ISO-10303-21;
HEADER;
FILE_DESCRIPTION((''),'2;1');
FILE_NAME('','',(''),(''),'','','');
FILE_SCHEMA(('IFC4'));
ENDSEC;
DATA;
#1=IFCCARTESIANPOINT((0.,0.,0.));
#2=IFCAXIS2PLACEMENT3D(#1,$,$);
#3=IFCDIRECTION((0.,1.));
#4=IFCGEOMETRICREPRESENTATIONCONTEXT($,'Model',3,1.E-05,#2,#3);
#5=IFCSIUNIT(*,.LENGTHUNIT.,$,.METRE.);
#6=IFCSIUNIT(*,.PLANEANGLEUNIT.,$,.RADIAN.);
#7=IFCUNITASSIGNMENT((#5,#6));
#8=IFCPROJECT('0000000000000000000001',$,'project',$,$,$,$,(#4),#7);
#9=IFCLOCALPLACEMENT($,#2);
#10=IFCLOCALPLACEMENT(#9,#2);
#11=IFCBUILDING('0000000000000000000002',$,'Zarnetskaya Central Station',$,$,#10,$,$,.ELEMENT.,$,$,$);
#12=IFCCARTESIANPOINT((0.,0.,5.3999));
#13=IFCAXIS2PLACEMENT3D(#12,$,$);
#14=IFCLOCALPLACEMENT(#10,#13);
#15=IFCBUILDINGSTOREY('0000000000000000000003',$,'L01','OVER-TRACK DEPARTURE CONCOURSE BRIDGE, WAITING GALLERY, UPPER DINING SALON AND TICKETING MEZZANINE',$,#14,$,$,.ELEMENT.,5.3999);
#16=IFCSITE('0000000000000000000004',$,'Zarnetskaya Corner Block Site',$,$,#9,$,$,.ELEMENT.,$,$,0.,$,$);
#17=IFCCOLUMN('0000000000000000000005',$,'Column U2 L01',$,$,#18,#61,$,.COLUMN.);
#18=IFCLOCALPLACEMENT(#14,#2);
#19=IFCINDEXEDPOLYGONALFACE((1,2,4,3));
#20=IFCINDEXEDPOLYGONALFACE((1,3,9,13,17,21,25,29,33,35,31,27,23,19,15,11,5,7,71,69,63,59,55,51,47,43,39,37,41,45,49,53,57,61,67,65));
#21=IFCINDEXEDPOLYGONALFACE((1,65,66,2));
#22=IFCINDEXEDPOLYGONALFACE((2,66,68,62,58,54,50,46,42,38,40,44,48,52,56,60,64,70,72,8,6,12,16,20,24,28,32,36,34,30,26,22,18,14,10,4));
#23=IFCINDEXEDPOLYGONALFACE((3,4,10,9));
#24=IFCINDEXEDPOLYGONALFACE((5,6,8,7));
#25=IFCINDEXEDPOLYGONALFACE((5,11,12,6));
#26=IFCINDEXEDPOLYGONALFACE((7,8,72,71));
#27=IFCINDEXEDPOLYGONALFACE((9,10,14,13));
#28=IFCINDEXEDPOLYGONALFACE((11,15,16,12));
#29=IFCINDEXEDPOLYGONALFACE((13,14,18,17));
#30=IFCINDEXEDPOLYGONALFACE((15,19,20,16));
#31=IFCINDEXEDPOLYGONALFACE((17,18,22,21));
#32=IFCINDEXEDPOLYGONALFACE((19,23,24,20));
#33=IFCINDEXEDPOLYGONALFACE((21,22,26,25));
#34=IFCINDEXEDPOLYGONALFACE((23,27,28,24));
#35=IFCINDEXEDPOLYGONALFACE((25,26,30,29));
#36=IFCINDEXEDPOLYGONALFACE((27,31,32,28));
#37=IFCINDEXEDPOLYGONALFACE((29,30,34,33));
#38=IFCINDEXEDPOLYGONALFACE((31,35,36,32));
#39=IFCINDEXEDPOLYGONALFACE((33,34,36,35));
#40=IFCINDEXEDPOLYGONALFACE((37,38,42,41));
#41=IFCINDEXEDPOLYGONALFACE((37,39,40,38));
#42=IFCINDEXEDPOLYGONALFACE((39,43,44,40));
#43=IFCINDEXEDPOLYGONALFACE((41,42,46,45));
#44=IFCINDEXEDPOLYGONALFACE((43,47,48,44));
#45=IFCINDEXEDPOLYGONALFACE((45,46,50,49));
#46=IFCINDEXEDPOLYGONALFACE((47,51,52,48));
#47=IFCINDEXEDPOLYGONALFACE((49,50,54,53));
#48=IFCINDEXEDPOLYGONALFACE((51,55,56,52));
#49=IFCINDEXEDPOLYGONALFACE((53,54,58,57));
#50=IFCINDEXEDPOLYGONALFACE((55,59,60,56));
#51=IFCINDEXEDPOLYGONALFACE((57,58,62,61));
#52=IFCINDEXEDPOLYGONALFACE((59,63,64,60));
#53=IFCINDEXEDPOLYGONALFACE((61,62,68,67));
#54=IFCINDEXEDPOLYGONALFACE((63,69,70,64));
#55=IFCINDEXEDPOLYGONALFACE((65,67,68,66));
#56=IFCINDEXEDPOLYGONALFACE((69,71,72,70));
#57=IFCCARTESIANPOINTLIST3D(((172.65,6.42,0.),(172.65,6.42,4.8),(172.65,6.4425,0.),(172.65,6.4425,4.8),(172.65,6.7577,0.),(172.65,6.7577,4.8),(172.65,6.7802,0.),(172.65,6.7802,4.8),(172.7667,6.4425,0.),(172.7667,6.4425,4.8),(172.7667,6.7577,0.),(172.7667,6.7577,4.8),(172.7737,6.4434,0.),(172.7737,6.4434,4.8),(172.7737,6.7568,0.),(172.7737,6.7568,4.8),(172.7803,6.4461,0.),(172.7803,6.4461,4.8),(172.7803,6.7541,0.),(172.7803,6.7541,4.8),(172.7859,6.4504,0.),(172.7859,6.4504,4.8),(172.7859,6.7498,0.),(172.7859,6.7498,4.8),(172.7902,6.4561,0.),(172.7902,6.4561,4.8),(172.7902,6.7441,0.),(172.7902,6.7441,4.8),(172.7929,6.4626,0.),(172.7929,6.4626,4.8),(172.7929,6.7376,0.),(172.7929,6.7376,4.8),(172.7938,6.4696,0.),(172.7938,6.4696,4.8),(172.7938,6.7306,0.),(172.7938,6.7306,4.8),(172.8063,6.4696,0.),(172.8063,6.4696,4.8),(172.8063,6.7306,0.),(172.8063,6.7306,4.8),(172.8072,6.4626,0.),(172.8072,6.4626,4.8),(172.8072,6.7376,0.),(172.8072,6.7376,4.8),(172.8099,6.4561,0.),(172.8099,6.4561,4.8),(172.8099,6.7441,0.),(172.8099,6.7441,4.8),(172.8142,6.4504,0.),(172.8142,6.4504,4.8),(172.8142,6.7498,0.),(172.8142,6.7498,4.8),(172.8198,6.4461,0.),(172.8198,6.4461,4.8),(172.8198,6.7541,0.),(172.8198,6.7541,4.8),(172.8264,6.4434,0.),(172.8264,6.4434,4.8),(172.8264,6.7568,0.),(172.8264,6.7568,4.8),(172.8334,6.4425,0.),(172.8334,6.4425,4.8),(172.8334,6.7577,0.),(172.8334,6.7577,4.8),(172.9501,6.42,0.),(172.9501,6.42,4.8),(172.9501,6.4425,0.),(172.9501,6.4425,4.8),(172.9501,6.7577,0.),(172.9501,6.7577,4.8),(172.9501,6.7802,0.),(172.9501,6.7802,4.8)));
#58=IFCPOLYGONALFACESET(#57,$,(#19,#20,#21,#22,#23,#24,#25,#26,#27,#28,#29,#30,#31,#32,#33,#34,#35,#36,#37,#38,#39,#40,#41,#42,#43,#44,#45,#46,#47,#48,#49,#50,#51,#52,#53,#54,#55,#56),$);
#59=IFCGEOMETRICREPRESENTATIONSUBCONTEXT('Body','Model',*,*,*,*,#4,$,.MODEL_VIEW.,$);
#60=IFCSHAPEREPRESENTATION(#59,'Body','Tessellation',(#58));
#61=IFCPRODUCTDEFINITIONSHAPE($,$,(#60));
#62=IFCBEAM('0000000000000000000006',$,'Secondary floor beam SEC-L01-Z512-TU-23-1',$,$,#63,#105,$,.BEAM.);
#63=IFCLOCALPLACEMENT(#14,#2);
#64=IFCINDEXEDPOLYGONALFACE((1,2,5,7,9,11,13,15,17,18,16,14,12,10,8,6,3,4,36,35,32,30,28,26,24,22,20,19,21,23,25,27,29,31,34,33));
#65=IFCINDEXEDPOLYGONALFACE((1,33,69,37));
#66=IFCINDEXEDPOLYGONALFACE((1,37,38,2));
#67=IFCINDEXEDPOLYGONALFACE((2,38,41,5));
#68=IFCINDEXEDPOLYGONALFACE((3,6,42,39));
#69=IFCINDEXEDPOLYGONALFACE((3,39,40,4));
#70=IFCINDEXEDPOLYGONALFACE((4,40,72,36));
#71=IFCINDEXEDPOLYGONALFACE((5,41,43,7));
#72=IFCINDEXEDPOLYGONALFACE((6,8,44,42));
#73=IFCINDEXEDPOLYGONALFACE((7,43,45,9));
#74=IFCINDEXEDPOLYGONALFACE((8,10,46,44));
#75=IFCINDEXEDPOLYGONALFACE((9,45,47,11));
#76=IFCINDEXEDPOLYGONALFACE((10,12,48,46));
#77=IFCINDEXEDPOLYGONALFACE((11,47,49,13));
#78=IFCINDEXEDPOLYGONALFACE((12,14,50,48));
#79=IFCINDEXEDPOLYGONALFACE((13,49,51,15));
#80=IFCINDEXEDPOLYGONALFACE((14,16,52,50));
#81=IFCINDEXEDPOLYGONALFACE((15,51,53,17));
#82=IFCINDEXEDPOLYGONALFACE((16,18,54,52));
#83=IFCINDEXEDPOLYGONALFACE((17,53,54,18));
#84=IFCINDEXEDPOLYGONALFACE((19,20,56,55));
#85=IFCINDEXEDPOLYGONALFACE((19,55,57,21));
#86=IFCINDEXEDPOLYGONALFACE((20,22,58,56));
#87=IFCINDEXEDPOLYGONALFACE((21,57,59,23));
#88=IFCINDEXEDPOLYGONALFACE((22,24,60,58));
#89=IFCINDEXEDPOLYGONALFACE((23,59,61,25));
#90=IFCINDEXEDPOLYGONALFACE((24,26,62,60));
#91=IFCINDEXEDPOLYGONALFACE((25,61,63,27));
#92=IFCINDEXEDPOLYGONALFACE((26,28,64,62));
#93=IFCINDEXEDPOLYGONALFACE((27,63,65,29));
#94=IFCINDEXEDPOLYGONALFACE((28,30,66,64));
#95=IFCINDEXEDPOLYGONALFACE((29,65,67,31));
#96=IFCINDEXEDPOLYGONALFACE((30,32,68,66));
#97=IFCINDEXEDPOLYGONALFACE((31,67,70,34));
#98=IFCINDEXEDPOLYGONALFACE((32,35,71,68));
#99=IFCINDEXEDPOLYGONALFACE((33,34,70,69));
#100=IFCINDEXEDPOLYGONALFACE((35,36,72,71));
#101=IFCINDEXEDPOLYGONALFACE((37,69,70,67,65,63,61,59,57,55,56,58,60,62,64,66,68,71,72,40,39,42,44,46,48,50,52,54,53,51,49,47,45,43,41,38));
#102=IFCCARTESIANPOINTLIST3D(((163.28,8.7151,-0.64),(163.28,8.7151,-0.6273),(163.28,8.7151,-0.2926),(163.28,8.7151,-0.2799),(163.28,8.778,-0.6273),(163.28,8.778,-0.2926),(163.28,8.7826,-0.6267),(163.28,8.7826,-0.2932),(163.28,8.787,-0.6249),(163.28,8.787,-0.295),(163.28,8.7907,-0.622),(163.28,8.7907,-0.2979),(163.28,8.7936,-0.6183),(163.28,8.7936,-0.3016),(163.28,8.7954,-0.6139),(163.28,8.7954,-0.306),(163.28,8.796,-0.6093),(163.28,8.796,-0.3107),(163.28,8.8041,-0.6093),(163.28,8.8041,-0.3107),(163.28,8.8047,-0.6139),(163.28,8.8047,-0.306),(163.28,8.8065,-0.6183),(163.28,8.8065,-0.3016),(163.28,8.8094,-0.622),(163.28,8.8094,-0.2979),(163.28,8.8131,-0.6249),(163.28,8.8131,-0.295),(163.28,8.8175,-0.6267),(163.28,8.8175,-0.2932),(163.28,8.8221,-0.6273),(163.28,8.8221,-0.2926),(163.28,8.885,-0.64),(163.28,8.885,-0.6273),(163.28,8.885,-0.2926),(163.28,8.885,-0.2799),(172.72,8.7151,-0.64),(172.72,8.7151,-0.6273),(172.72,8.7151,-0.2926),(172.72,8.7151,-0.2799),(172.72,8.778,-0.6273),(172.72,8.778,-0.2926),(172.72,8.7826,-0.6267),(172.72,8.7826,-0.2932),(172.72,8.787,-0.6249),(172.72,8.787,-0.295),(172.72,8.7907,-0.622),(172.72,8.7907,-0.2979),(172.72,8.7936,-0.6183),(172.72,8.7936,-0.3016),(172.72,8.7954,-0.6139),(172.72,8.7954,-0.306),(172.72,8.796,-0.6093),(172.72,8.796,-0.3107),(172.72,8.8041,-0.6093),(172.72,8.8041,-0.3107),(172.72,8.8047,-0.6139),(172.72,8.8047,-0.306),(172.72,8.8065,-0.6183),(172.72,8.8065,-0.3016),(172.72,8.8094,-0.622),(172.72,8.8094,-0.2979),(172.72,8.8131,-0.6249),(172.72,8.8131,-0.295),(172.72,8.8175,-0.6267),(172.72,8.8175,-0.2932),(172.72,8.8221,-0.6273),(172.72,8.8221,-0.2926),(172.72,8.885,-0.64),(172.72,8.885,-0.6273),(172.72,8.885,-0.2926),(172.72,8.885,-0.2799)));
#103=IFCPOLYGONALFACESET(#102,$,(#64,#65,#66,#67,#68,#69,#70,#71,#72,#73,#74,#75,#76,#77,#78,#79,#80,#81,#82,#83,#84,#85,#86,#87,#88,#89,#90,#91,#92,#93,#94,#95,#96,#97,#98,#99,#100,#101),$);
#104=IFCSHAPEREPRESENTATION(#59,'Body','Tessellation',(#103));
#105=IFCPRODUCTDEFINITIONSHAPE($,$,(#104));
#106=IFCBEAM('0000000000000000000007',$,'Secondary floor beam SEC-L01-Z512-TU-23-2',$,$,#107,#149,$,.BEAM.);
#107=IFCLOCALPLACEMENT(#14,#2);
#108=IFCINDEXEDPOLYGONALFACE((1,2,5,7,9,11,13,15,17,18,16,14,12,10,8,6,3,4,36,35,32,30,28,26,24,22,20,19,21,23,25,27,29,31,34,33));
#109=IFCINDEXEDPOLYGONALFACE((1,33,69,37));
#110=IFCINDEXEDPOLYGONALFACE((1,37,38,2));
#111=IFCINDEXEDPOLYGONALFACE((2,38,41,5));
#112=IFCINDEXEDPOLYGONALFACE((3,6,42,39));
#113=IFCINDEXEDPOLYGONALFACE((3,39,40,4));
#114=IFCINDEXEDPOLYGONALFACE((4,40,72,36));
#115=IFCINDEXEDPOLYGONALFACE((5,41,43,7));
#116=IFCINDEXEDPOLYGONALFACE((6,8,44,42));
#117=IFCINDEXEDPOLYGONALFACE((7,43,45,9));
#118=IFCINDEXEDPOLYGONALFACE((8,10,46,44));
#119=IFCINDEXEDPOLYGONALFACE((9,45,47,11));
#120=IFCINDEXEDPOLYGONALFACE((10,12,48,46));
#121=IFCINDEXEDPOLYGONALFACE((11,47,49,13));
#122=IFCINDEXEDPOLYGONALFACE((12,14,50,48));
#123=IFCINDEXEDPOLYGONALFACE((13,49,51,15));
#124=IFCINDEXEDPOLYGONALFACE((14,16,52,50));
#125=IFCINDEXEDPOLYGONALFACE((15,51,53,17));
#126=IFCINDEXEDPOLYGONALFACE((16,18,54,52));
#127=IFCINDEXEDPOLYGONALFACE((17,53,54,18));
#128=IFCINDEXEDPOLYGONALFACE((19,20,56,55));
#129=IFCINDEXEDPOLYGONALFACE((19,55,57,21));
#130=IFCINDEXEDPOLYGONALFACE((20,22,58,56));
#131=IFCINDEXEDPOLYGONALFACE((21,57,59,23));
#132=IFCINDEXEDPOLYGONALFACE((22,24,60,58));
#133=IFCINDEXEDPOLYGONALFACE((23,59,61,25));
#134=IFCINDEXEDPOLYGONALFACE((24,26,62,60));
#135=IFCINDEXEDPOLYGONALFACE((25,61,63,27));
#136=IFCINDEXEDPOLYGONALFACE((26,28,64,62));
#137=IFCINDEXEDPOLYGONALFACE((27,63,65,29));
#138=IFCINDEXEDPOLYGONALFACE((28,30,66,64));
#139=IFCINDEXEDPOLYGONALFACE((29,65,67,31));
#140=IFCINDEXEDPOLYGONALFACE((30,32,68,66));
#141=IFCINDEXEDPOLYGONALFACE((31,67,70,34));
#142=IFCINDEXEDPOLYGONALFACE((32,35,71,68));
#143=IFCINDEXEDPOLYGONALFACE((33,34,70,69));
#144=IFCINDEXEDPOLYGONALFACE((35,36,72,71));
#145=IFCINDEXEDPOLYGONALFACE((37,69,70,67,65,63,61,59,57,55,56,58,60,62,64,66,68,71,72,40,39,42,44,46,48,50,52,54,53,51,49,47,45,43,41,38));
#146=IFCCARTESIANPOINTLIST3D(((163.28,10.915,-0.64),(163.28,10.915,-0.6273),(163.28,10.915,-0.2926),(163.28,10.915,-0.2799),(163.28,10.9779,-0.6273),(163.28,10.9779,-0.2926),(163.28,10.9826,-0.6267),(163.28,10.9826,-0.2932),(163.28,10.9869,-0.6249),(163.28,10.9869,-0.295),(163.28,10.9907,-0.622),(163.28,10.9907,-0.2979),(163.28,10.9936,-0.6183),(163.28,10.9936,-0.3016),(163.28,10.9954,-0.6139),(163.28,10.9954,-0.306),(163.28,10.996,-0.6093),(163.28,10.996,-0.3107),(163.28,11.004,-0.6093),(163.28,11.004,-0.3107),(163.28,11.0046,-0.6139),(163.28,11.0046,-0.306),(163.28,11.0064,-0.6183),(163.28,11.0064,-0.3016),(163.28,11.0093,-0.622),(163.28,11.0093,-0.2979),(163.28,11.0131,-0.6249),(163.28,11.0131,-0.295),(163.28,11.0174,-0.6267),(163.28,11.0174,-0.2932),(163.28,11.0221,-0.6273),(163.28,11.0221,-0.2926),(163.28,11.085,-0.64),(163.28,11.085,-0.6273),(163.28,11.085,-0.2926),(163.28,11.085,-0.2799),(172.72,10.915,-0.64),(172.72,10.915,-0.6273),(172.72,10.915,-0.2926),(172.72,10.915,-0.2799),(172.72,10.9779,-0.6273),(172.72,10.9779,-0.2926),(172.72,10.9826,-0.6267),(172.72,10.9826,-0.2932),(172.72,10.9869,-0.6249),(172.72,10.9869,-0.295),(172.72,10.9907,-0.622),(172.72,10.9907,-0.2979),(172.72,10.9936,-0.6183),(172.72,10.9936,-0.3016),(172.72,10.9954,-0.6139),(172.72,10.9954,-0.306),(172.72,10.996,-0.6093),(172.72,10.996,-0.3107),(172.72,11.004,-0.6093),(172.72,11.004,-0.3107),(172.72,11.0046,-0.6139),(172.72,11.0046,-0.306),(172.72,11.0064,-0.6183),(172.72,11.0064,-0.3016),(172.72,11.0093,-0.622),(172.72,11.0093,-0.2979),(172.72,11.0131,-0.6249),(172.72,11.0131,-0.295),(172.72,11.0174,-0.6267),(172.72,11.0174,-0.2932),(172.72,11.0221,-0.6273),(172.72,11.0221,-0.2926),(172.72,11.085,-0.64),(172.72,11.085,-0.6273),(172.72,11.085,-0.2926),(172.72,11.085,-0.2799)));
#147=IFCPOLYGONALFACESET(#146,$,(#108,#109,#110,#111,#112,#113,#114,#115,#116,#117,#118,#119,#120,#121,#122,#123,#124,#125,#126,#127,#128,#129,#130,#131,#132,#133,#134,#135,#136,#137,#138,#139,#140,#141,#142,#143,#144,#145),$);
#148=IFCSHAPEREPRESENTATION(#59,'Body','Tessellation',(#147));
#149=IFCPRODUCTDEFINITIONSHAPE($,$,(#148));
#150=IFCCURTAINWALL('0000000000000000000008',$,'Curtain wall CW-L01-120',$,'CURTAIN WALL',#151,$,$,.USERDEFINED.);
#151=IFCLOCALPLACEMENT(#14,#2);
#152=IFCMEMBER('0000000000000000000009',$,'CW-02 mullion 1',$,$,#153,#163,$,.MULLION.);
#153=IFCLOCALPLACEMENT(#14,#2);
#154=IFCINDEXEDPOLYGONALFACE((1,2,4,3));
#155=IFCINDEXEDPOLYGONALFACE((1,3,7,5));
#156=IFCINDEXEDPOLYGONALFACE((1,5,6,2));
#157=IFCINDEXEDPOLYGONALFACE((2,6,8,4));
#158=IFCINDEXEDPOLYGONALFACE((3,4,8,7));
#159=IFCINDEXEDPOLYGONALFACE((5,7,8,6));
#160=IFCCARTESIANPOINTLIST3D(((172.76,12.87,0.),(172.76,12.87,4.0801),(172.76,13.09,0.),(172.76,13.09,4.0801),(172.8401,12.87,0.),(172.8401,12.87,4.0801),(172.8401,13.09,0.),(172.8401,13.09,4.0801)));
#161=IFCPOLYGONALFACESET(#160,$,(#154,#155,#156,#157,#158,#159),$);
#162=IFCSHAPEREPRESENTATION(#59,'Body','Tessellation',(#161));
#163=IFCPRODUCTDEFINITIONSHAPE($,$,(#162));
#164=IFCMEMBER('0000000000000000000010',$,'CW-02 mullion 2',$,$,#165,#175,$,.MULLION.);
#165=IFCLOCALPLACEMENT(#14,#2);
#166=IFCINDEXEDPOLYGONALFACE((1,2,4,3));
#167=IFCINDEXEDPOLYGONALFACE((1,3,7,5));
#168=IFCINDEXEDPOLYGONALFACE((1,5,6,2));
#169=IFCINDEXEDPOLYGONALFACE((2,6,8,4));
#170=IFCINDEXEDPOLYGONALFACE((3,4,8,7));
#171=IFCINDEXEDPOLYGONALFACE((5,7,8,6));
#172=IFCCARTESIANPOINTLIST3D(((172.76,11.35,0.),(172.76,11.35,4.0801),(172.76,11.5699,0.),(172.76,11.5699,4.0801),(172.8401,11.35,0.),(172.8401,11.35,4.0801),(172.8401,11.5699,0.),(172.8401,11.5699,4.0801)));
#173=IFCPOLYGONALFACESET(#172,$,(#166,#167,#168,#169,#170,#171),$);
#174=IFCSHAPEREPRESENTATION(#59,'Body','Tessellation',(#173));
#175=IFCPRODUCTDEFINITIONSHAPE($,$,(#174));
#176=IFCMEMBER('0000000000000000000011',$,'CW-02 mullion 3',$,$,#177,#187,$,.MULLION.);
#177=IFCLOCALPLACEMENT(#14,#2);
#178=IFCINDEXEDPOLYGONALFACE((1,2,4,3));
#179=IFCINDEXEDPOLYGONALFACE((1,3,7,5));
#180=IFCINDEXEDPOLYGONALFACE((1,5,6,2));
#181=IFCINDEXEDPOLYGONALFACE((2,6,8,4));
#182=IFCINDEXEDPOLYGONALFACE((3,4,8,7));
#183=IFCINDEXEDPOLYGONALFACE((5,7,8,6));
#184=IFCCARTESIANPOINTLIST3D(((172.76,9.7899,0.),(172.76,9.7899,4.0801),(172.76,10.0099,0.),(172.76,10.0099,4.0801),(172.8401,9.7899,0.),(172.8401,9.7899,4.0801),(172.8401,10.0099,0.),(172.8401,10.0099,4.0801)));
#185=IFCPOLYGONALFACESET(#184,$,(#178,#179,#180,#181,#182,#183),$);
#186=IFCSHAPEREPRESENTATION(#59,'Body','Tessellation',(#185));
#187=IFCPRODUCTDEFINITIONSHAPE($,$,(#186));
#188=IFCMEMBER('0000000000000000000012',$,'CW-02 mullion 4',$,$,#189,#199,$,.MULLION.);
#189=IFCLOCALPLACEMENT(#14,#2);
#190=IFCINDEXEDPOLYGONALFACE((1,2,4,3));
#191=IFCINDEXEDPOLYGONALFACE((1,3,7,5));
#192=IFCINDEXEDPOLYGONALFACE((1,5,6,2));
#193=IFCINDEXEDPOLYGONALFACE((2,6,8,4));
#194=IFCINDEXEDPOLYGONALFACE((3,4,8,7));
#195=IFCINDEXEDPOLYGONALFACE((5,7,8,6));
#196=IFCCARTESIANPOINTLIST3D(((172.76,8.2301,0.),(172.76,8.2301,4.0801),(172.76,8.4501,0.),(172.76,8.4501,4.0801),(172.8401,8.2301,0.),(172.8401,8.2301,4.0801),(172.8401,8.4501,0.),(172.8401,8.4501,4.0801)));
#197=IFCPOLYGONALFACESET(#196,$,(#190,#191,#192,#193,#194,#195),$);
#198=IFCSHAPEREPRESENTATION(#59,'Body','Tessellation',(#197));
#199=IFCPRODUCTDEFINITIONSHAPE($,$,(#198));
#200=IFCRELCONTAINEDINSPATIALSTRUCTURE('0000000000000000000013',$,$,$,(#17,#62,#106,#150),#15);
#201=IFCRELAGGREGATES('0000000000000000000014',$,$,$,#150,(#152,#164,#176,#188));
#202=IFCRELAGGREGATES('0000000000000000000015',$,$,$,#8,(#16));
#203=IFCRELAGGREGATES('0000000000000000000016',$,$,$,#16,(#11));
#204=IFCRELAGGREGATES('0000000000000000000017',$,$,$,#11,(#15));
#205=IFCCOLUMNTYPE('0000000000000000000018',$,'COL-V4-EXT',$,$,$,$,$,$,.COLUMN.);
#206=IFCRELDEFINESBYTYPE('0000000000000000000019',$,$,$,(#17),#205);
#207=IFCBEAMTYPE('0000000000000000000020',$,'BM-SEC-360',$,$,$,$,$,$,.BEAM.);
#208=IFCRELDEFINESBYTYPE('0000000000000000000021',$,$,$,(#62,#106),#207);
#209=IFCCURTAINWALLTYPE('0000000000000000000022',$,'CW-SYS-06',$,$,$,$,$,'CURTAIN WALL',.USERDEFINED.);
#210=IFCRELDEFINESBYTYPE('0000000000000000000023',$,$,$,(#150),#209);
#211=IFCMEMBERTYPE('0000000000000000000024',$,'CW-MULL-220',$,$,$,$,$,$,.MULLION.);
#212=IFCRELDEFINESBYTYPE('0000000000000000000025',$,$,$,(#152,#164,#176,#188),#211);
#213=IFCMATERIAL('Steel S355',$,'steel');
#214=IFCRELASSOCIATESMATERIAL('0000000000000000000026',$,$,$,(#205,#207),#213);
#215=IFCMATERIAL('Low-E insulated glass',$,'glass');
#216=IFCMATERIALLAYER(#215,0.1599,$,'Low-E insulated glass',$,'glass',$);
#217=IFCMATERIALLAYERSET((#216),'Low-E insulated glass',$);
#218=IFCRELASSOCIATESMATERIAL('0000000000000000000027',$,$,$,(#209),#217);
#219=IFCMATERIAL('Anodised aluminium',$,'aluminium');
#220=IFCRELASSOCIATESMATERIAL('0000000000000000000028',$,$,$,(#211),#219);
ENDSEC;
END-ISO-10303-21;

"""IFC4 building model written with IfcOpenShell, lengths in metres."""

from ifc_helpers import new_model, si_unit, direction, frame, origin, origin_2d, place, context, subcontext, project, spatial, rectangle, i_section, extrude, material, layer, layer_set, material_profile, profile_set, type_object, element, aggregate, save


model = new_model("IFC4")

# Units and contexts
model_context = context("Model", 3, precision=1e-05, world=origin(), true_north=direction((0.0, 1.0)))
body_context = subcontext(model_context, "Body", "Model", "MODEL_VIEW")
ifc_project = project(units=[si_unit("LENGTHUNIT", "METRE"), si_unit("PLANEANGLEUNIT", "RADIAN")], contexts=[model_context])

# Site, building, storey
site_placement = place(None, origin())
site = spatial("IfcSite", under=ifc_project, at=site_placement, Name="Zarnetskaya Corner Block Site", CompositionType="ELEMENT", RefElevation=0.0)
building_placement = place(site_placement, origin())
building = spatial("IfcBuilding", under=site, at=building_placement, Name="Zarnetskaya Central Station", CompositionType="ELEMENT")
storey_placement = place(building_placement, frame((0.0, 0.0, 5.3999)))
storey = spatial("IfcBuildingStorey", under=building, at=storey_placement, Name="L01", Description="OVER-TRACK DEPARTURE CONCOURSE BRIDGE, WAITING GALLERY, UPPER DINING SALON AND TICKETING MEZZANINE", CompositionType="ELEMENT", Elevation=5.3999)

# Column
ifc_material_1 = material(Name="Steel S355", Category="steel")
ifc_material_profile_1 = material_profile(ifc_material_1, i_section(OverallWidth=0.3, OverallDepth=0.3601, WebThickness=0.0125, FlangeThickness=0.0225, FilletRadius=0.0271, at=origin_2d()), Name="HEB 360")
ifc_profile_set_1 = profile_set([ifc_material_profile_1], Name="Steel S355")
column_type = type_object("IfcColumnType", Name="COL-V4-EXT", PredefinedType="COLUMN", material=ifc_profile_set_1)
column_placement = place(storey_placement, frame((172.8, 6.6001, 0.0), z_axis=(0.0, 0.0, 1.0), x_axis=(1.0, 0.0, 0.0)))
element("IfcColumn", 1, at=column_placement, inside=storey, type_object=column_type, Name="Column U2 L01", PredefinedType="COLUMN", context=body_context, shape_type="SweptSolid", body=[
    extrude(i_section(OverallWidth=0.3, OverallDepth=0.3601, WebThickness=0.0125, FlangeThickness=0.0225, FilletRadius=0.0271, at=origin_2d()), origin(), (0.0, 0.0, 1.0), 4.8),
])

# Beams
ifc_material_profile_2 = material_profile(ifc_material_1, i_section(OverallWidth=0.1699, OverallDepth=0.3601, WebThickness=0.0081, FlangeThickness=0.0127, FilletRadius=0.0181, at=origin_2d()), Name="IPE 360")
ifc_profile_set_2 = profile_set([ifc_material_profile_2], Name="Steel S355")
beam_type_1 = type_object("IfcBeamType", Name="BM-SEC-360", PredefinedType="BEAM", material=ifc_profile_set_2)
for number, where, z_axis, x_axis, name in (
    (2, (163.28, 8.8, -0.46), (1.0, 0.0, 0.0), (0.0, 1.0, 0.0), "Secondary floor beam SEC-L01-Z512-TU-23-1"),
    (3, (163.28, 11.0, -0.46), (1.0, 0.0, 0.0), (0.0, 1.0, 0.0), "Secondary floor beam SEC-L01-Z512-TU-23-2"),
):
    element("IfcBeam", number, at=place(storey_placement, frame(where, z_axis=z_axis, x_axis=x_axis)), inside=storey, type_object=beam_type_1, Name=name, PredefinedType="BEAM", context=body_context, shape_type="SweptSolid", body=[
        extrude(i_section(OverallWidth=0.1699, OverallDepth=0.3601, WebThickness=0.0081, FlangeThickness=0.0127, FilletRadius=0.0181, at=origin_2d()), origin(), (0.0, 0.0, 1.0), 9.4399),
    ])

# Curtain wall, members
ifc_material_2 = material(Name="Low-E insulated glass", Category="glass")
ifc_layer_1 = layer(ifc_material_2, 0.1599, Name="Low-E insulated glass", Category="glass")
ifc_layer_set_1 = layer_set([ifc_layer_1], Name="Low-E insulated glass")
curtain_wall_type = type_object("IfcCurtainWallType", Name="CW-SYS-06", ElementType="CURTAIN WALL", PredefinedType="USERDEFINED", material=ifc_layer_set_1)
curtain_wall_placement = place(storey_placement, origin())
curtain_wall = element("IfcCurtainWall", 4, at=curtain_wall_placement, inside=storey, type_object=curtain_wall_type, Name="Curtain wall CW-L01-120", ObjectType="CURTAIN WALL", PredefinedType="USERDEFINED")
ifc_material_3 = material(Name="Anodised aluminium", Category="aluminium")
ifc_material_profile_3 = material_profile(ifc_material_3, rectangle(XDim=0.0801, YDim=0.22, at=origin_2d()), Name="ALU MULL 80x220")
ifc_profile_set_3 = profile_set([ifc_material_profile_3], Name="Anodised aluminium")
member_type_1 = type_object("IfcMemberType", Name="CW-MULL-220", PredefinedType="MULLION", material=ifc_profile_set_3)
member_1_placement = place(storey_placement, frame((172.8, 12.98, 0.0), z_axis=(0.0, 0.0, 1.0), x_axis=(1.0, 0.0, 0.0)))
member_1 = element("IfcMember", 5, at=member_1_placement, type_object=member_type_1, Name="CW-02 mullion 1", PredefinedType="MULLION", context=body_context, shape_type="SweptSolid", body=[
    extrude(rectangle(XDim=0.0801, YDim=0.22, at=origin_2d()), origin(), (0.0, 0.0, 1.0), 4.0801),
])
member_2_placement = place(storey_placement, frame((172.8, 11.46, 0.0), z_axis=(0.0, 0.0, 1.0), x_axis=(1.0, 0.0, 0.0)))
member_2 = element("IfcMember", 6, at=member_2_placement, type_object=member_type_1, Name="CW-02 mullion 2", PredefinedType="MULLION", context=body_context, shape_type="SweptSolid", body=[
    extrude(rectangle(XDim=0.0801, YDim=0.22, at=origin_2d()), origin(), (0.0, 0.0, 1.0), 4.0801),
])
member_3_placement = place(storey_placement, frame((172.8, 9.8999, 0.0), z_axis=(0.0, 0.0, 1.0), x_axis=(1.0, 0.0, 0.0)))
member_3 = element("IfcMember", 7, at=member_3_placement, type_object=member_type_1, Name="CW-02 mullion 3", PredefinedType="MULLION", context=body_context, shape_type="SweptSolid", body=[
    extrude(rectangle(XDim=0.0801, YDim=0.22, at=origin_2d()), origin(), (0.0, 0.0, 1.0), 4.0801),
])
member_4_placement = place(storey_placement, frame((172.8, 8.3401, 0.0), z_axis=(0.0, 0.0, 1.0), x_axis=(1.0, 0.0, 0.0)))
member_4 = element("IfcMember", 8, at=member_4_placement, type_object=member_type_1, Name="CW-02 mullion 4", PredefinedType="MULLION", context=body_context, shape_type="SweptSolid", body=[
    extrude(rectangle(XDim=0.0801, YDim=0.22, at=origin_2d()), origin(), (0.0, 0.0, 1.0), 4.0801),
])

aggregate(curtain_wall, [member_1, member_2, member_3, member_4])

save(model, "model.ifc")
